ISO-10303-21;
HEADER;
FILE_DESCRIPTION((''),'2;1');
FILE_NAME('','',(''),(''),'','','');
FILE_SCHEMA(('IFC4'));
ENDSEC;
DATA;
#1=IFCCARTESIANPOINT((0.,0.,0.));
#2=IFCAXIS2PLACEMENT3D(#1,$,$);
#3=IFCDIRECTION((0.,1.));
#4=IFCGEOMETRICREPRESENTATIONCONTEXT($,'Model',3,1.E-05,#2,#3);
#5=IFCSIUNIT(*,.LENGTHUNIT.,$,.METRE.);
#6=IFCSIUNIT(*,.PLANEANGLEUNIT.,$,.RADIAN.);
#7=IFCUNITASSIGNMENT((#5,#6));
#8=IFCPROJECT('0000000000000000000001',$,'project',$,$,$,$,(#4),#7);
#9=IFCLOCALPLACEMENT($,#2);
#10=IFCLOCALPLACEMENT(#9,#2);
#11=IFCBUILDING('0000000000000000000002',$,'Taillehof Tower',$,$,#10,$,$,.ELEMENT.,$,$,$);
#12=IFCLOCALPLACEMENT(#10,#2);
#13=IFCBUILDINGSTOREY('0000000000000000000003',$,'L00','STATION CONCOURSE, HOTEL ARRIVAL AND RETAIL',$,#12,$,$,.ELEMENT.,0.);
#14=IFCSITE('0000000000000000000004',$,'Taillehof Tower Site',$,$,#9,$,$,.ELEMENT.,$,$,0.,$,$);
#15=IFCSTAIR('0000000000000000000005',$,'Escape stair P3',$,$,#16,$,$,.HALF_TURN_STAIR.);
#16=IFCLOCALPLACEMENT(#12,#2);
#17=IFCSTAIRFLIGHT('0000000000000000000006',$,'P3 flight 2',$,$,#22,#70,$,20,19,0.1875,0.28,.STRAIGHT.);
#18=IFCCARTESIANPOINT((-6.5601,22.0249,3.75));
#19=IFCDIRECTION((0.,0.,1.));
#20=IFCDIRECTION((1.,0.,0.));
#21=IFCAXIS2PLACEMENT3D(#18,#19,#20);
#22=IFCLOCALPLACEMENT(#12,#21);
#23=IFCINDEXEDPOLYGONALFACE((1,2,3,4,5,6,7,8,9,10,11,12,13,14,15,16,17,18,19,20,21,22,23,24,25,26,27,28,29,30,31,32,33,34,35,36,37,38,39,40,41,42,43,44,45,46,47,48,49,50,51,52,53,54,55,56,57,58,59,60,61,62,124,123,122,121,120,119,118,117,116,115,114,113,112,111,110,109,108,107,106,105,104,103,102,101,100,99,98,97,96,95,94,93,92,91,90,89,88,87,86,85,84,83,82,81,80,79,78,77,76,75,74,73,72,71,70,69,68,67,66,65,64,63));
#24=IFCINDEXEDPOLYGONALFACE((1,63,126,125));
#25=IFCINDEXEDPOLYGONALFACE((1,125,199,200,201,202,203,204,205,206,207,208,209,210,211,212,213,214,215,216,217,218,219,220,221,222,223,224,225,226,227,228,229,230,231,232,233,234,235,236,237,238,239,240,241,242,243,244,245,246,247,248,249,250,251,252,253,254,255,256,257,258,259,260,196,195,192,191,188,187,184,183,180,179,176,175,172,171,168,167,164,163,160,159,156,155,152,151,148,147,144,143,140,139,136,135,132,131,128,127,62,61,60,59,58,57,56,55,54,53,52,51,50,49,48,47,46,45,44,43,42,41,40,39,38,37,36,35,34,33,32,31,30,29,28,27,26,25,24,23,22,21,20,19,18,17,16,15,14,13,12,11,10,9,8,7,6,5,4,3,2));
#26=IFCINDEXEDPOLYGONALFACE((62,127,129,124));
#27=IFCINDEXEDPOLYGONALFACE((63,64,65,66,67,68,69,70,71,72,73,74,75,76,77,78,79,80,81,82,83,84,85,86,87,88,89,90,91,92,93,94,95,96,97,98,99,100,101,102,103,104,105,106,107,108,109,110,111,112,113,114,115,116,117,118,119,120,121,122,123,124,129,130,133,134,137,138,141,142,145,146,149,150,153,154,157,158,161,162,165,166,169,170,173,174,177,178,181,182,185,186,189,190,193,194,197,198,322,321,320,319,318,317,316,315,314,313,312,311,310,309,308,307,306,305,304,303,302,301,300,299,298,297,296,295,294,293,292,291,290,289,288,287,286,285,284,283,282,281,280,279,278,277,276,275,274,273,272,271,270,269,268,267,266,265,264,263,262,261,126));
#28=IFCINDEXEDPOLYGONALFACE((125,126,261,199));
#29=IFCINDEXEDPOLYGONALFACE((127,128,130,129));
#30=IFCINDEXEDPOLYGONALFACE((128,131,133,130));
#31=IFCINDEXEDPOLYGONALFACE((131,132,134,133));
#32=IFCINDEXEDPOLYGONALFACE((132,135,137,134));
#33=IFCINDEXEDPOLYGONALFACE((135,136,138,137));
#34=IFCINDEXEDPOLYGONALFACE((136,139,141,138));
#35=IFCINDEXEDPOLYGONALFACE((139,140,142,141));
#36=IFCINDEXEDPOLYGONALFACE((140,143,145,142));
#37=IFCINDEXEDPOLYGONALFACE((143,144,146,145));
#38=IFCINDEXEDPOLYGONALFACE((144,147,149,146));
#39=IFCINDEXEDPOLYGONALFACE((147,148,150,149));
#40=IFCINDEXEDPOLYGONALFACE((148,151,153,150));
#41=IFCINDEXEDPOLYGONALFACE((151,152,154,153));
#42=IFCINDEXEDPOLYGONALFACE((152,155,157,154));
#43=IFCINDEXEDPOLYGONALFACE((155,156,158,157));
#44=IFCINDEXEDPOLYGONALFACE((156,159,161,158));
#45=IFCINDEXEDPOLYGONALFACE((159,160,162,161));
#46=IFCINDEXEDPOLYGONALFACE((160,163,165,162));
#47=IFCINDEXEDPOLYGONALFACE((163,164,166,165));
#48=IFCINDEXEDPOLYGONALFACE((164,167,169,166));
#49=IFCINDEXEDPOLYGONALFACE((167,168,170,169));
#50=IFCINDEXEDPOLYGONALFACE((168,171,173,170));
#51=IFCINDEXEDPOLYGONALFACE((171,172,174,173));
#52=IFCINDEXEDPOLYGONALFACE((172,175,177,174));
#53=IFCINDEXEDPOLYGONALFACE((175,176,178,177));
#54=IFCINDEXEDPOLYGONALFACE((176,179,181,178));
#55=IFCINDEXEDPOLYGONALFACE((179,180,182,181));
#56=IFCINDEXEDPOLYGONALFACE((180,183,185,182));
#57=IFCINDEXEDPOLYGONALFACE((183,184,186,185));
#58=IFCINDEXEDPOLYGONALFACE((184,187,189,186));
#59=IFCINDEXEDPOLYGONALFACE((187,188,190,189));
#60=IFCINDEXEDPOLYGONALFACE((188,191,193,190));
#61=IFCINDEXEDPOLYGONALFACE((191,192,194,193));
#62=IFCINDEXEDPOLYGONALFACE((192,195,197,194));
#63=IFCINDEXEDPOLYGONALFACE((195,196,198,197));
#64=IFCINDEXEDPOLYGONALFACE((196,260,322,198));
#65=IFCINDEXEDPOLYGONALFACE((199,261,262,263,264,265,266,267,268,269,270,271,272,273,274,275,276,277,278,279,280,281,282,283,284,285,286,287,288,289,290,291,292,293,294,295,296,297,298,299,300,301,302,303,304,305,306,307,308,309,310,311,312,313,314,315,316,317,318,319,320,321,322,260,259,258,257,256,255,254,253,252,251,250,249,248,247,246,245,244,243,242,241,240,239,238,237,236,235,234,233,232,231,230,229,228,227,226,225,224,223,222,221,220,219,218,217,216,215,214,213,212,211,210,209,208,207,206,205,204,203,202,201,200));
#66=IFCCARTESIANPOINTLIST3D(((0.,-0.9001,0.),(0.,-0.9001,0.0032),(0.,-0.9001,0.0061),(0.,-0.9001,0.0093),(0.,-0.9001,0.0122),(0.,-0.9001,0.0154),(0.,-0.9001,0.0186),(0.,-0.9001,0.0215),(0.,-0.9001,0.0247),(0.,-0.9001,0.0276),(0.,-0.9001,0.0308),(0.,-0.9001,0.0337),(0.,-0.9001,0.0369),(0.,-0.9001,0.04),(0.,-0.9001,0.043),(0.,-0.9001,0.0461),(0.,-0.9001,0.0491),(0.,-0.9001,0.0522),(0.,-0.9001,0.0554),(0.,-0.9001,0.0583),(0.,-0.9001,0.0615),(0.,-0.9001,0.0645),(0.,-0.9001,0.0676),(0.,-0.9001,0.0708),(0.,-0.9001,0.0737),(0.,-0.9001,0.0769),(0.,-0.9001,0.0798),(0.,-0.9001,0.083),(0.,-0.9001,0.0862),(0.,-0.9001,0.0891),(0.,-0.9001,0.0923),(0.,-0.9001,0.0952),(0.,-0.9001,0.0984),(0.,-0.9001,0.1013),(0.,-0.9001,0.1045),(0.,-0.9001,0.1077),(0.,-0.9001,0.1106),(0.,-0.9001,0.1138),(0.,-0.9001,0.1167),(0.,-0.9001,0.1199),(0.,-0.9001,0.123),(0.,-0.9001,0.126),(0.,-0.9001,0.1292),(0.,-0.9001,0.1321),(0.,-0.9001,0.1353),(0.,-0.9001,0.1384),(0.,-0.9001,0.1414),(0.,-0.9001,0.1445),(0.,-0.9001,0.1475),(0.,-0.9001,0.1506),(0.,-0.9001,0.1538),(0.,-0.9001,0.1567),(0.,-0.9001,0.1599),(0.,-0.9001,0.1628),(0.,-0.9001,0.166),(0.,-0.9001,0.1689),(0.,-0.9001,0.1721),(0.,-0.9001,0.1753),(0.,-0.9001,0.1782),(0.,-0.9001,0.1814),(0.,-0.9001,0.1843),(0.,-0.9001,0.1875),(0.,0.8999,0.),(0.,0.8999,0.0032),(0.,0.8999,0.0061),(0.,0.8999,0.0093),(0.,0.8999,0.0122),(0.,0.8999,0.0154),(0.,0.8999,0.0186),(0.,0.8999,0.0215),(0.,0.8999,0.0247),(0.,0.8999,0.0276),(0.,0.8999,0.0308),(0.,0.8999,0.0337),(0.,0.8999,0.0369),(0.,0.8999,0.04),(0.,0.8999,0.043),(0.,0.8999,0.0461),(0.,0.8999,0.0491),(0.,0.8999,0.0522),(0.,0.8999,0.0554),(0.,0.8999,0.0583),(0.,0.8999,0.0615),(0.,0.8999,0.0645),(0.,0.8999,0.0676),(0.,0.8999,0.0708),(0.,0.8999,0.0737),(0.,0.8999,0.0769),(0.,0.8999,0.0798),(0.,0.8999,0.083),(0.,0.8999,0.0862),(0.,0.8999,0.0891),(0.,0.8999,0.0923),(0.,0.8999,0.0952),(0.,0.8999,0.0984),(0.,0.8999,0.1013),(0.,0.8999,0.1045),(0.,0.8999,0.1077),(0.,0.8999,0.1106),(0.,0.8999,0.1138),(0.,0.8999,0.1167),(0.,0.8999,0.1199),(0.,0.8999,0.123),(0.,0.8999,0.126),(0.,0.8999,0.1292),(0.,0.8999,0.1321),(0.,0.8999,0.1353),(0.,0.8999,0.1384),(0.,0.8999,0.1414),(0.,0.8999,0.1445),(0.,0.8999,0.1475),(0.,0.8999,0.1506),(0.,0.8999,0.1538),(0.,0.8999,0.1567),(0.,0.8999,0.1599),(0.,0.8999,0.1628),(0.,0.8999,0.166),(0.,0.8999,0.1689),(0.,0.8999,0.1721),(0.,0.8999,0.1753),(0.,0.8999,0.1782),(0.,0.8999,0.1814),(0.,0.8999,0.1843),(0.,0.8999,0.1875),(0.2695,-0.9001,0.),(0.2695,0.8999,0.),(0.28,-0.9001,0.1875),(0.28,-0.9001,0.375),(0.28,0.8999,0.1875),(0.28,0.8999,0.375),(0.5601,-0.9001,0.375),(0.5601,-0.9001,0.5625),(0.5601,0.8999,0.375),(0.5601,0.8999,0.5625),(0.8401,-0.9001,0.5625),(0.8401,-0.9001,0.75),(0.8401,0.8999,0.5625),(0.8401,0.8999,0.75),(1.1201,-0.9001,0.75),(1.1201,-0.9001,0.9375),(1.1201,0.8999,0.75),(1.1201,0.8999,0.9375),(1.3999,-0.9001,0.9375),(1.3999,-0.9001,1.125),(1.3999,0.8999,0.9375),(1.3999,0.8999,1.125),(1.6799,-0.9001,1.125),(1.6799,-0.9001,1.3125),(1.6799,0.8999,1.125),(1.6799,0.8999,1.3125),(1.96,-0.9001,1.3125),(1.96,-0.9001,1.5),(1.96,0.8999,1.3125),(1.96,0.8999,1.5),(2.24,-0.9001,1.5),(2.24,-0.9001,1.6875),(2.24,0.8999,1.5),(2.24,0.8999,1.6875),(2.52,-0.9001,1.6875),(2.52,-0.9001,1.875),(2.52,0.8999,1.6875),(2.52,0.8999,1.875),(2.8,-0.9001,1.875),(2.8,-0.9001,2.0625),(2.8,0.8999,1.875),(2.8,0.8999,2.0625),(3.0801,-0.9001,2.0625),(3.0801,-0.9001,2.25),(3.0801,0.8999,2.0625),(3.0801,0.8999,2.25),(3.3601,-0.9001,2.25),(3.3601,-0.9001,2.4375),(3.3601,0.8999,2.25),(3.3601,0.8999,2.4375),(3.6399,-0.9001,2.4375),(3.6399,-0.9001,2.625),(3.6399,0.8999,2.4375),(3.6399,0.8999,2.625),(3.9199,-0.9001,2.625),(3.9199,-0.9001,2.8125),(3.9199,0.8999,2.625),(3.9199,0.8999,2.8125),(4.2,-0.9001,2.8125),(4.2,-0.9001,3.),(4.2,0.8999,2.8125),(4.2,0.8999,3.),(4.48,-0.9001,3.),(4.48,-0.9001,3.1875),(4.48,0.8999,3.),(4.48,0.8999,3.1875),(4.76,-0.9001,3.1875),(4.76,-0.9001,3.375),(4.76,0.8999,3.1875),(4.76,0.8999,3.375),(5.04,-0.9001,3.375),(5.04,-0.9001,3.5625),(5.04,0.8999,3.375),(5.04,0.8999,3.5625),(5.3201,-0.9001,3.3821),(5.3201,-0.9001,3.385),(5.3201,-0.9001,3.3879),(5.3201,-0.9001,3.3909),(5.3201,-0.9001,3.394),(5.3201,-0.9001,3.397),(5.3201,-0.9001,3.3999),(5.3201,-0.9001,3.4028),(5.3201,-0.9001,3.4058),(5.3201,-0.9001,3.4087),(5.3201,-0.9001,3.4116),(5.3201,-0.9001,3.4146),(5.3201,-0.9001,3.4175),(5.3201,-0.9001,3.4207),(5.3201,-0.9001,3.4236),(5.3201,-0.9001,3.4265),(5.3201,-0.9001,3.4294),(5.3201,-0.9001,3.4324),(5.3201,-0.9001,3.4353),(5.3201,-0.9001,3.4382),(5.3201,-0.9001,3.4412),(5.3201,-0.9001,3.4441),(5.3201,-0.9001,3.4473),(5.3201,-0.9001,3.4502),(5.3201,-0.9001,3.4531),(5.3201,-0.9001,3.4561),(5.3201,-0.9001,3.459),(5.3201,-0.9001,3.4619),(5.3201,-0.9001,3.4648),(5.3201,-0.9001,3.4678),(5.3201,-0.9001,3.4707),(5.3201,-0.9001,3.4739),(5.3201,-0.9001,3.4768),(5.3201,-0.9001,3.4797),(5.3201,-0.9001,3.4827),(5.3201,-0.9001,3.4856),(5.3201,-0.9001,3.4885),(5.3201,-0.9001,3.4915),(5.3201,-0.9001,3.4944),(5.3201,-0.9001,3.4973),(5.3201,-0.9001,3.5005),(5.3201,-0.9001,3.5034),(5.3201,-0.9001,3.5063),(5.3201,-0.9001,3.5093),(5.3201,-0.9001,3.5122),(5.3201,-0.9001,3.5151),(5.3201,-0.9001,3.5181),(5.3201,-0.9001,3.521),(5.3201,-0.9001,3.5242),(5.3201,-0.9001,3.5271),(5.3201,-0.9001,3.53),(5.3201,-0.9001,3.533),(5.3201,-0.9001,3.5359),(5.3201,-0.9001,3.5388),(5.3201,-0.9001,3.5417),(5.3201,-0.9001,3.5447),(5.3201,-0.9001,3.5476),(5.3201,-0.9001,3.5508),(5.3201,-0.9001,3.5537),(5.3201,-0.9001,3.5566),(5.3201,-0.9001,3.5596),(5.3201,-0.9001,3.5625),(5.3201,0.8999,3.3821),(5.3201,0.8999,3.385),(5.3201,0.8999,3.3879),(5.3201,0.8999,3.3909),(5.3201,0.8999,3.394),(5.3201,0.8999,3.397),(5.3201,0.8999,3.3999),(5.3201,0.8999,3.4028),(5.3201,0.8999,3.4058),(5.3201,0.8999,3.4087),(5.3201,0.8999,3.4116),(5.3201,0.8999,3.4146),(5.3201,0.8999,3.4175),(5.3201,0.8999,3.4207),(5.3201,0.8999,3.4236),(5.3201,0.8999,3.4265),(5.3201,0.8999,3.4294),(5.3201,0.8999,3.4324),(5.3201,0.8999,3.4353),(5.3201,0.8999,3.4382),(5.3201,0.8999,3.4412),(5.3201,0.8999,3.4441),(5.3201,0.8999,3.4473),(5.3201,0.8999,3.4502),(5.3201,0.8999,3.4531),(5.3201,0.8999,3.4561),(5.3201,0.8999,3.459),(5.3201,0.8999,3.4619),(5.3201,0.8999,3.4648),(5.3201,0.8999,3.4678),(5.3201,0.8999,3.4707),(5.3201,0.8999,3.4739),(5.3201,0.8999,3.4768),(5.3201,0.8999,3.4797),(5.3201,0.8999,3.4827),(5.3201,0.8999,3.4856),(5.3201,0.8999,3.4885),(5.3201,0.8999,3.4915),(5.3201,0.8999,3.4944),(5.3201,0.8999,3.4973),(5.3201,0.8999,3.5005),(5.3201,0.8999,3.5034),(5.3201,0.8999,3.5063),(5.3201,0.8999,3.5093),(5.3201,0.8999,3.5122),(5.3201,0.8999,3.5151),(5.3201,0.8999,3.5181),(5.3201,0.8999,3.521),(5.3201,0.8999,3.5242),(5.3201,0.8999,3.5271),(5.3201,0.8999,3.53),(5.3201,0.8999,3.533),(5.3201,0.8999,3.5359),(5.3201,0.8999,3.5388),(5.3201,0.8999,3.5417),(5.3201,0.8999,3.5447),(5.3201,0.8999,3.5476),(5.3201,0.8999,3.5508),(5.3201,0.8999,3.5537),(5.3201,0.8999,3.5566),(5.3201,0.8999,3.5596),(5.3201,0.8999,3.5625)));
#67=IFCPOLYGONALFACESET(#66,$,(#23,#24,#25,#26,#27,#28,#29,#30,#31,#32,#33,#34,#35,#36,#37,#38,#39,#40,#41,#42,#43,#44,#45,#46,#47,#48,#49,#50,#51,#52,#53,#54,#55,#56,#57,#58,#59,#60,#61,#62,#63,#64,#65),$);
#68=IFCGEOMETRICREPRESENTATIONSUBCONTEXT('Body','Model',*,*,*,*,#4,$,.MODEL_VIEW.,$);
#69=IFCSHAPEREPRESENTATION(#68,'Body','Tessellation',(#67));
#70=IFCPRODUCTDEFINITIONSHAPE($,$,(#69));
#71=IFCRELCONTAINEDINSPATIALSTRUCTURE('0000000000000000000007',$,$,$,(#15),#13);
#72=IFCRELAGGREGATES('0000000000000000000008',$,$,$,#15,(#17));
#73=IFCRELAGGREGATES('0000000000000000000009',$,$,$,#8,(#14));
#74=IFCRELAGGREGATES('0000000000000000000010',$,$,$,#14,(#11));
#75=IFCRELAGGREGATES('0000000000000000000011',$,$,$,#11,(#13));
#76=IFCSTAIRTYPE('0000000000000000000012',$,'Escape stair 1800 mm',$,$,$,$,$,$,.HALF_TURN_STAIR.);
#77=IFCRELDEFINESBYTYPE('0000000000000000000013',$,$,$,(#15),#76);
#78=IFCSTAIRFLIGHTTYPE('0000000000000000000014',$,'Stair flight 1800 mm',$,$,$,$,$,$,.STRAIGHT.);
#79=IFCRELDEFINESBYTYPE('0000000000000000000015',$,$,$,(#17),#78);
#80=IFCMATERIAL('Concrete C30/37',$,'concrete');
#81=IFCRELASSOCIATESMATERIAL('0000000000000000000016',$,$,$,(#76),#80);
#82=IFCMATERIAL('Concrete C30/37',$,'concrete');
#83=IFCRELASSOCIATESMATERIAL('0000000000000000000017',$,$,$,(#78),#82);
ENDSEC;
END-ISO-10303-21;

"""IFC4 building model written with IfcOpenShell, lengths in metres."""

from ifc_helpers import new_model, si_unit, direction, frame, origin, place, context, subcontext, project, spatial, polyline, outline, extrude, material, type_object, element, aggregate, save


model = new_model("IFC4")

# Units and contexts
model_context = context("Model", 3, precision=1e-05, world=origin(), true_north=direction((0.0, 1.0)))
body_context = subcontext(model_context, "Body", "Model", "MODEL_VIEW")
ifc_project = project(units=[si_unit("LENGTHUNIT", "METRE"), si_unit("PLANEANGLEUNIT", "RADIAN")], contexts=[model_context])

# Site, building, storey
site_placement = place(None, origin())
site = spatial("IfcSite", under=ifc_project, at=site_placement, Name="Taillehof Tower Site", CompositionType="ELEMENT", RefElevation=0.0)
building_placement = place(site_placement, origin())
building = spatial("IfcBuilding", under=site, at=building_placement, Name="Taillehof Tower", CompositionType="ELEMENT")
storey_placement = place(building_placement, origin())
storey = spatial("IfcBuildingStorey", under=building, at=storey_placement, Name="L00", Description="STATION CONCOURSE, HOTEL ARRIVAL AND RETAIL", CompositionType="ELEMENT", Elevation=0.0)

# Stair, stair flight
ifc_material_1 = material(Name="Concrete C30/37", Category="concrete")
stair_type = type_object("IfcStairType", Name="Escape stair 1800 mm", PredefinedType="HALF_TURN_STAIR", material=ifc_material_1)
stair_placement = place(storey_placement, origin())
stair = element("IfcStair", 1, at=stair_placement, inside=storey, type_object=stair_type, Name="Escape stair P3", PredefinedType="HALF_TURN_STAIR")
ifc_material_2 = material(Name="Concrete C30/37", Category="concrete")
stair_flight_type = type_object("IfcStairFlightType", Name="Stair flight 1800 mm", PredefinedType="STRAIGHT", material=ifc_material_2)
stair_flight_1_placement = place(storey_placement, frame((-6.5601, 22.0249, 3.75), z_axis=(0.0, 0.0, 1.0), x_axis=(1.0, 0.0, 0.0)))
stair_flight_1 = element("IfcStairFlight", 2, at=stair_flight_1_placement, type_object=stair_flight_type, Name="P3 flight 2", NumberOfRisers=20, NumberOfTreads=19, PredefinedType="STRAIGHT", RiserHeight=0.1875, TreadLength=0.28, context=body_context, shape_type="SweptSolid", body=[
    extrude(outline(polyline([(0.0, 0.0), (0.0, 0.0032), (0.0, 0.0061), (0.0, 0.0093), (0.0, 0.0122), (0.0, 0.0154), (0.0, 0.0186), (0.0, 0.0215), (0.0, 0.0247), (0.0, 0.0276), (0.0, 0.0308), (0.0, 0.0337), (0.0, 0.0369), (0.0, 0.04), (0.0, 0.043), (0.0, 0.0461), (0.0, 0.0491), (0.0, 0.0522), (0.0, 0.0554), (0.0, 0.0583), (0.0, 0.0615), (0.0, 0.0645), (0.0, 0.0676), (0.0, 0.0708), (0.0, 0.0737), (0.0, 0.0769), (0.0, 0.0798), (0.0, 0.083), (0.0, 0.0862), (0.0, 0.0891), (0.0, 0.0923), (0.0, 0.0952), (0.0, 0.0984), (0.0, 0.1013), (0.0, 0.1045), (0.0, 0.1077), (0.0, 0.1106), (0.0, 0.1138), (0.0, 0.1167), (0.0, 0.1199), (0.0, 0.123), (0.0, 0.126), (0.0, 0.1292), (0.0, 0.1321), (0.0, 0.1353), (0.0, 0.1384), (0.0, 0.1414), (0.0, 0.1445), (0.0, 0.1475), (0.0, 0.1506), (0.0, 0.1538), (0.0, 0.1567), (0.0, 0.1599), (0.0, 0.1628), (0.0, 0.166), (0.0, 0.1689), (0.0, 0.1721), (0.0, 0.1753), (0.0, 0.1782), (0.0, 0.1814), (0.0, 0.1843), (0.0, 0.1875), (0.28, 0.1875), (0.28, 0.375), (0.5601, 0.375), (0.5601, 0.5625), (0.8401, 0.5625), (0.8401, 0.75), (1.1201, 0.75), (1.1201, 0.9375), (1.3999, 0.9375), (1.3999, 1.125), (1.6799, 1.125), (1.6799, 1.3125), (1.96, 1.3125), (1.96, 1.5), (2.24, 1.5), (2.24, 1.6875), (2.52, 1.6875), (2.52, 1.875), (2.8, 1.875), (2.8, 2.0625), (3.0801, 2.0625), (3.0801, 2.25), (3.3601, 2.25), (3.3601, 2.4375), (3.6399, 2.4375), (3.6399, 2.625), (3.9199, 2.625), (3.9199, 2.8125), (4.2, 2.8125), (4.2, 3.0), (4.48, 3.0), (4.48, 3.1875), (4.76, 3.1875), (4.76, 3.375), (5.04, 3.375), (5.04, 3.5625), (5.3201, 3.5625), (5.3201, 3.5596), (5.3201, 3.5566), (5.3201, 3.5537), (5.3201, 3.5508), (5.3201, 3.5476), (5.3201, 3.5447), (5.3201, 3.5417), (5.3201, 3.5388), (5.3201, 3.5359), (5.3201, 3.533), (5.3201, 3.53), (5.3201, 3.5271), (5.3201, 3.5242), (5.3201, 3.521), (5.3201, 3.5181), (5.3201, 3.5151), (5.3201, 3.5122), (5.3201, 3.5093), (5.3201, 3.5063), (5.3201, 3.5034), (5.3201, 3.5005), (5.3201, 3.4973), (5.3201, 3.4944), (5.3201, 3.4915), (5.3201, 3.4885), (5.3201, 3.4856), (5.3201, 3.4827), (5.3201, 3.4797), (5.3201, 3.4768), (5.3201, 3.4739), (5.3201, 3.4707), (5.3201, 3.4678), (5.3201, 3.4648), (5.3201, 3.4619), (5.3201, 3.459), (5.3201, 3.4561), (5.3201, 3.4531), (5.3201, 3.4502), (5.3201, 3.4473), (5.3201, 3.4441), (5.3201, 3.4412), (5.3201, 3.4382), (5.3201, 3.4353), (5.3201, 3.4324), (5.3201, 3.4294), (5.3201, 3.4265), (5.3201, 3.4236), (5.3201, 3.4207), (5.3201, 3.4175), (5.3201, 3.4146), (5.3201, 3.4116), (5.3201, 3.4087), (5.3201, 3.4058), (5.3201, 3.4028), (5.3201, 3.3999), (5.3201, 3.397), (5.3201, 3.394), (5.3201, 3.3909), (5.3201, 3.3879), (5.3201, 3.385), (5.3201, 3.3821), (0.2695, 0.0), (0.0, 0.0)])), frame((0.0, 0.8999, 0.0), z_axis=(0.0, -1.0, 0.0), x_axis=(1.0, 0.0, 0.0)), (0.0, 0.0, 1.0), 1.8),
])
aggregate(stair, [stair_flight_1])

save(model, "model.ifc")
